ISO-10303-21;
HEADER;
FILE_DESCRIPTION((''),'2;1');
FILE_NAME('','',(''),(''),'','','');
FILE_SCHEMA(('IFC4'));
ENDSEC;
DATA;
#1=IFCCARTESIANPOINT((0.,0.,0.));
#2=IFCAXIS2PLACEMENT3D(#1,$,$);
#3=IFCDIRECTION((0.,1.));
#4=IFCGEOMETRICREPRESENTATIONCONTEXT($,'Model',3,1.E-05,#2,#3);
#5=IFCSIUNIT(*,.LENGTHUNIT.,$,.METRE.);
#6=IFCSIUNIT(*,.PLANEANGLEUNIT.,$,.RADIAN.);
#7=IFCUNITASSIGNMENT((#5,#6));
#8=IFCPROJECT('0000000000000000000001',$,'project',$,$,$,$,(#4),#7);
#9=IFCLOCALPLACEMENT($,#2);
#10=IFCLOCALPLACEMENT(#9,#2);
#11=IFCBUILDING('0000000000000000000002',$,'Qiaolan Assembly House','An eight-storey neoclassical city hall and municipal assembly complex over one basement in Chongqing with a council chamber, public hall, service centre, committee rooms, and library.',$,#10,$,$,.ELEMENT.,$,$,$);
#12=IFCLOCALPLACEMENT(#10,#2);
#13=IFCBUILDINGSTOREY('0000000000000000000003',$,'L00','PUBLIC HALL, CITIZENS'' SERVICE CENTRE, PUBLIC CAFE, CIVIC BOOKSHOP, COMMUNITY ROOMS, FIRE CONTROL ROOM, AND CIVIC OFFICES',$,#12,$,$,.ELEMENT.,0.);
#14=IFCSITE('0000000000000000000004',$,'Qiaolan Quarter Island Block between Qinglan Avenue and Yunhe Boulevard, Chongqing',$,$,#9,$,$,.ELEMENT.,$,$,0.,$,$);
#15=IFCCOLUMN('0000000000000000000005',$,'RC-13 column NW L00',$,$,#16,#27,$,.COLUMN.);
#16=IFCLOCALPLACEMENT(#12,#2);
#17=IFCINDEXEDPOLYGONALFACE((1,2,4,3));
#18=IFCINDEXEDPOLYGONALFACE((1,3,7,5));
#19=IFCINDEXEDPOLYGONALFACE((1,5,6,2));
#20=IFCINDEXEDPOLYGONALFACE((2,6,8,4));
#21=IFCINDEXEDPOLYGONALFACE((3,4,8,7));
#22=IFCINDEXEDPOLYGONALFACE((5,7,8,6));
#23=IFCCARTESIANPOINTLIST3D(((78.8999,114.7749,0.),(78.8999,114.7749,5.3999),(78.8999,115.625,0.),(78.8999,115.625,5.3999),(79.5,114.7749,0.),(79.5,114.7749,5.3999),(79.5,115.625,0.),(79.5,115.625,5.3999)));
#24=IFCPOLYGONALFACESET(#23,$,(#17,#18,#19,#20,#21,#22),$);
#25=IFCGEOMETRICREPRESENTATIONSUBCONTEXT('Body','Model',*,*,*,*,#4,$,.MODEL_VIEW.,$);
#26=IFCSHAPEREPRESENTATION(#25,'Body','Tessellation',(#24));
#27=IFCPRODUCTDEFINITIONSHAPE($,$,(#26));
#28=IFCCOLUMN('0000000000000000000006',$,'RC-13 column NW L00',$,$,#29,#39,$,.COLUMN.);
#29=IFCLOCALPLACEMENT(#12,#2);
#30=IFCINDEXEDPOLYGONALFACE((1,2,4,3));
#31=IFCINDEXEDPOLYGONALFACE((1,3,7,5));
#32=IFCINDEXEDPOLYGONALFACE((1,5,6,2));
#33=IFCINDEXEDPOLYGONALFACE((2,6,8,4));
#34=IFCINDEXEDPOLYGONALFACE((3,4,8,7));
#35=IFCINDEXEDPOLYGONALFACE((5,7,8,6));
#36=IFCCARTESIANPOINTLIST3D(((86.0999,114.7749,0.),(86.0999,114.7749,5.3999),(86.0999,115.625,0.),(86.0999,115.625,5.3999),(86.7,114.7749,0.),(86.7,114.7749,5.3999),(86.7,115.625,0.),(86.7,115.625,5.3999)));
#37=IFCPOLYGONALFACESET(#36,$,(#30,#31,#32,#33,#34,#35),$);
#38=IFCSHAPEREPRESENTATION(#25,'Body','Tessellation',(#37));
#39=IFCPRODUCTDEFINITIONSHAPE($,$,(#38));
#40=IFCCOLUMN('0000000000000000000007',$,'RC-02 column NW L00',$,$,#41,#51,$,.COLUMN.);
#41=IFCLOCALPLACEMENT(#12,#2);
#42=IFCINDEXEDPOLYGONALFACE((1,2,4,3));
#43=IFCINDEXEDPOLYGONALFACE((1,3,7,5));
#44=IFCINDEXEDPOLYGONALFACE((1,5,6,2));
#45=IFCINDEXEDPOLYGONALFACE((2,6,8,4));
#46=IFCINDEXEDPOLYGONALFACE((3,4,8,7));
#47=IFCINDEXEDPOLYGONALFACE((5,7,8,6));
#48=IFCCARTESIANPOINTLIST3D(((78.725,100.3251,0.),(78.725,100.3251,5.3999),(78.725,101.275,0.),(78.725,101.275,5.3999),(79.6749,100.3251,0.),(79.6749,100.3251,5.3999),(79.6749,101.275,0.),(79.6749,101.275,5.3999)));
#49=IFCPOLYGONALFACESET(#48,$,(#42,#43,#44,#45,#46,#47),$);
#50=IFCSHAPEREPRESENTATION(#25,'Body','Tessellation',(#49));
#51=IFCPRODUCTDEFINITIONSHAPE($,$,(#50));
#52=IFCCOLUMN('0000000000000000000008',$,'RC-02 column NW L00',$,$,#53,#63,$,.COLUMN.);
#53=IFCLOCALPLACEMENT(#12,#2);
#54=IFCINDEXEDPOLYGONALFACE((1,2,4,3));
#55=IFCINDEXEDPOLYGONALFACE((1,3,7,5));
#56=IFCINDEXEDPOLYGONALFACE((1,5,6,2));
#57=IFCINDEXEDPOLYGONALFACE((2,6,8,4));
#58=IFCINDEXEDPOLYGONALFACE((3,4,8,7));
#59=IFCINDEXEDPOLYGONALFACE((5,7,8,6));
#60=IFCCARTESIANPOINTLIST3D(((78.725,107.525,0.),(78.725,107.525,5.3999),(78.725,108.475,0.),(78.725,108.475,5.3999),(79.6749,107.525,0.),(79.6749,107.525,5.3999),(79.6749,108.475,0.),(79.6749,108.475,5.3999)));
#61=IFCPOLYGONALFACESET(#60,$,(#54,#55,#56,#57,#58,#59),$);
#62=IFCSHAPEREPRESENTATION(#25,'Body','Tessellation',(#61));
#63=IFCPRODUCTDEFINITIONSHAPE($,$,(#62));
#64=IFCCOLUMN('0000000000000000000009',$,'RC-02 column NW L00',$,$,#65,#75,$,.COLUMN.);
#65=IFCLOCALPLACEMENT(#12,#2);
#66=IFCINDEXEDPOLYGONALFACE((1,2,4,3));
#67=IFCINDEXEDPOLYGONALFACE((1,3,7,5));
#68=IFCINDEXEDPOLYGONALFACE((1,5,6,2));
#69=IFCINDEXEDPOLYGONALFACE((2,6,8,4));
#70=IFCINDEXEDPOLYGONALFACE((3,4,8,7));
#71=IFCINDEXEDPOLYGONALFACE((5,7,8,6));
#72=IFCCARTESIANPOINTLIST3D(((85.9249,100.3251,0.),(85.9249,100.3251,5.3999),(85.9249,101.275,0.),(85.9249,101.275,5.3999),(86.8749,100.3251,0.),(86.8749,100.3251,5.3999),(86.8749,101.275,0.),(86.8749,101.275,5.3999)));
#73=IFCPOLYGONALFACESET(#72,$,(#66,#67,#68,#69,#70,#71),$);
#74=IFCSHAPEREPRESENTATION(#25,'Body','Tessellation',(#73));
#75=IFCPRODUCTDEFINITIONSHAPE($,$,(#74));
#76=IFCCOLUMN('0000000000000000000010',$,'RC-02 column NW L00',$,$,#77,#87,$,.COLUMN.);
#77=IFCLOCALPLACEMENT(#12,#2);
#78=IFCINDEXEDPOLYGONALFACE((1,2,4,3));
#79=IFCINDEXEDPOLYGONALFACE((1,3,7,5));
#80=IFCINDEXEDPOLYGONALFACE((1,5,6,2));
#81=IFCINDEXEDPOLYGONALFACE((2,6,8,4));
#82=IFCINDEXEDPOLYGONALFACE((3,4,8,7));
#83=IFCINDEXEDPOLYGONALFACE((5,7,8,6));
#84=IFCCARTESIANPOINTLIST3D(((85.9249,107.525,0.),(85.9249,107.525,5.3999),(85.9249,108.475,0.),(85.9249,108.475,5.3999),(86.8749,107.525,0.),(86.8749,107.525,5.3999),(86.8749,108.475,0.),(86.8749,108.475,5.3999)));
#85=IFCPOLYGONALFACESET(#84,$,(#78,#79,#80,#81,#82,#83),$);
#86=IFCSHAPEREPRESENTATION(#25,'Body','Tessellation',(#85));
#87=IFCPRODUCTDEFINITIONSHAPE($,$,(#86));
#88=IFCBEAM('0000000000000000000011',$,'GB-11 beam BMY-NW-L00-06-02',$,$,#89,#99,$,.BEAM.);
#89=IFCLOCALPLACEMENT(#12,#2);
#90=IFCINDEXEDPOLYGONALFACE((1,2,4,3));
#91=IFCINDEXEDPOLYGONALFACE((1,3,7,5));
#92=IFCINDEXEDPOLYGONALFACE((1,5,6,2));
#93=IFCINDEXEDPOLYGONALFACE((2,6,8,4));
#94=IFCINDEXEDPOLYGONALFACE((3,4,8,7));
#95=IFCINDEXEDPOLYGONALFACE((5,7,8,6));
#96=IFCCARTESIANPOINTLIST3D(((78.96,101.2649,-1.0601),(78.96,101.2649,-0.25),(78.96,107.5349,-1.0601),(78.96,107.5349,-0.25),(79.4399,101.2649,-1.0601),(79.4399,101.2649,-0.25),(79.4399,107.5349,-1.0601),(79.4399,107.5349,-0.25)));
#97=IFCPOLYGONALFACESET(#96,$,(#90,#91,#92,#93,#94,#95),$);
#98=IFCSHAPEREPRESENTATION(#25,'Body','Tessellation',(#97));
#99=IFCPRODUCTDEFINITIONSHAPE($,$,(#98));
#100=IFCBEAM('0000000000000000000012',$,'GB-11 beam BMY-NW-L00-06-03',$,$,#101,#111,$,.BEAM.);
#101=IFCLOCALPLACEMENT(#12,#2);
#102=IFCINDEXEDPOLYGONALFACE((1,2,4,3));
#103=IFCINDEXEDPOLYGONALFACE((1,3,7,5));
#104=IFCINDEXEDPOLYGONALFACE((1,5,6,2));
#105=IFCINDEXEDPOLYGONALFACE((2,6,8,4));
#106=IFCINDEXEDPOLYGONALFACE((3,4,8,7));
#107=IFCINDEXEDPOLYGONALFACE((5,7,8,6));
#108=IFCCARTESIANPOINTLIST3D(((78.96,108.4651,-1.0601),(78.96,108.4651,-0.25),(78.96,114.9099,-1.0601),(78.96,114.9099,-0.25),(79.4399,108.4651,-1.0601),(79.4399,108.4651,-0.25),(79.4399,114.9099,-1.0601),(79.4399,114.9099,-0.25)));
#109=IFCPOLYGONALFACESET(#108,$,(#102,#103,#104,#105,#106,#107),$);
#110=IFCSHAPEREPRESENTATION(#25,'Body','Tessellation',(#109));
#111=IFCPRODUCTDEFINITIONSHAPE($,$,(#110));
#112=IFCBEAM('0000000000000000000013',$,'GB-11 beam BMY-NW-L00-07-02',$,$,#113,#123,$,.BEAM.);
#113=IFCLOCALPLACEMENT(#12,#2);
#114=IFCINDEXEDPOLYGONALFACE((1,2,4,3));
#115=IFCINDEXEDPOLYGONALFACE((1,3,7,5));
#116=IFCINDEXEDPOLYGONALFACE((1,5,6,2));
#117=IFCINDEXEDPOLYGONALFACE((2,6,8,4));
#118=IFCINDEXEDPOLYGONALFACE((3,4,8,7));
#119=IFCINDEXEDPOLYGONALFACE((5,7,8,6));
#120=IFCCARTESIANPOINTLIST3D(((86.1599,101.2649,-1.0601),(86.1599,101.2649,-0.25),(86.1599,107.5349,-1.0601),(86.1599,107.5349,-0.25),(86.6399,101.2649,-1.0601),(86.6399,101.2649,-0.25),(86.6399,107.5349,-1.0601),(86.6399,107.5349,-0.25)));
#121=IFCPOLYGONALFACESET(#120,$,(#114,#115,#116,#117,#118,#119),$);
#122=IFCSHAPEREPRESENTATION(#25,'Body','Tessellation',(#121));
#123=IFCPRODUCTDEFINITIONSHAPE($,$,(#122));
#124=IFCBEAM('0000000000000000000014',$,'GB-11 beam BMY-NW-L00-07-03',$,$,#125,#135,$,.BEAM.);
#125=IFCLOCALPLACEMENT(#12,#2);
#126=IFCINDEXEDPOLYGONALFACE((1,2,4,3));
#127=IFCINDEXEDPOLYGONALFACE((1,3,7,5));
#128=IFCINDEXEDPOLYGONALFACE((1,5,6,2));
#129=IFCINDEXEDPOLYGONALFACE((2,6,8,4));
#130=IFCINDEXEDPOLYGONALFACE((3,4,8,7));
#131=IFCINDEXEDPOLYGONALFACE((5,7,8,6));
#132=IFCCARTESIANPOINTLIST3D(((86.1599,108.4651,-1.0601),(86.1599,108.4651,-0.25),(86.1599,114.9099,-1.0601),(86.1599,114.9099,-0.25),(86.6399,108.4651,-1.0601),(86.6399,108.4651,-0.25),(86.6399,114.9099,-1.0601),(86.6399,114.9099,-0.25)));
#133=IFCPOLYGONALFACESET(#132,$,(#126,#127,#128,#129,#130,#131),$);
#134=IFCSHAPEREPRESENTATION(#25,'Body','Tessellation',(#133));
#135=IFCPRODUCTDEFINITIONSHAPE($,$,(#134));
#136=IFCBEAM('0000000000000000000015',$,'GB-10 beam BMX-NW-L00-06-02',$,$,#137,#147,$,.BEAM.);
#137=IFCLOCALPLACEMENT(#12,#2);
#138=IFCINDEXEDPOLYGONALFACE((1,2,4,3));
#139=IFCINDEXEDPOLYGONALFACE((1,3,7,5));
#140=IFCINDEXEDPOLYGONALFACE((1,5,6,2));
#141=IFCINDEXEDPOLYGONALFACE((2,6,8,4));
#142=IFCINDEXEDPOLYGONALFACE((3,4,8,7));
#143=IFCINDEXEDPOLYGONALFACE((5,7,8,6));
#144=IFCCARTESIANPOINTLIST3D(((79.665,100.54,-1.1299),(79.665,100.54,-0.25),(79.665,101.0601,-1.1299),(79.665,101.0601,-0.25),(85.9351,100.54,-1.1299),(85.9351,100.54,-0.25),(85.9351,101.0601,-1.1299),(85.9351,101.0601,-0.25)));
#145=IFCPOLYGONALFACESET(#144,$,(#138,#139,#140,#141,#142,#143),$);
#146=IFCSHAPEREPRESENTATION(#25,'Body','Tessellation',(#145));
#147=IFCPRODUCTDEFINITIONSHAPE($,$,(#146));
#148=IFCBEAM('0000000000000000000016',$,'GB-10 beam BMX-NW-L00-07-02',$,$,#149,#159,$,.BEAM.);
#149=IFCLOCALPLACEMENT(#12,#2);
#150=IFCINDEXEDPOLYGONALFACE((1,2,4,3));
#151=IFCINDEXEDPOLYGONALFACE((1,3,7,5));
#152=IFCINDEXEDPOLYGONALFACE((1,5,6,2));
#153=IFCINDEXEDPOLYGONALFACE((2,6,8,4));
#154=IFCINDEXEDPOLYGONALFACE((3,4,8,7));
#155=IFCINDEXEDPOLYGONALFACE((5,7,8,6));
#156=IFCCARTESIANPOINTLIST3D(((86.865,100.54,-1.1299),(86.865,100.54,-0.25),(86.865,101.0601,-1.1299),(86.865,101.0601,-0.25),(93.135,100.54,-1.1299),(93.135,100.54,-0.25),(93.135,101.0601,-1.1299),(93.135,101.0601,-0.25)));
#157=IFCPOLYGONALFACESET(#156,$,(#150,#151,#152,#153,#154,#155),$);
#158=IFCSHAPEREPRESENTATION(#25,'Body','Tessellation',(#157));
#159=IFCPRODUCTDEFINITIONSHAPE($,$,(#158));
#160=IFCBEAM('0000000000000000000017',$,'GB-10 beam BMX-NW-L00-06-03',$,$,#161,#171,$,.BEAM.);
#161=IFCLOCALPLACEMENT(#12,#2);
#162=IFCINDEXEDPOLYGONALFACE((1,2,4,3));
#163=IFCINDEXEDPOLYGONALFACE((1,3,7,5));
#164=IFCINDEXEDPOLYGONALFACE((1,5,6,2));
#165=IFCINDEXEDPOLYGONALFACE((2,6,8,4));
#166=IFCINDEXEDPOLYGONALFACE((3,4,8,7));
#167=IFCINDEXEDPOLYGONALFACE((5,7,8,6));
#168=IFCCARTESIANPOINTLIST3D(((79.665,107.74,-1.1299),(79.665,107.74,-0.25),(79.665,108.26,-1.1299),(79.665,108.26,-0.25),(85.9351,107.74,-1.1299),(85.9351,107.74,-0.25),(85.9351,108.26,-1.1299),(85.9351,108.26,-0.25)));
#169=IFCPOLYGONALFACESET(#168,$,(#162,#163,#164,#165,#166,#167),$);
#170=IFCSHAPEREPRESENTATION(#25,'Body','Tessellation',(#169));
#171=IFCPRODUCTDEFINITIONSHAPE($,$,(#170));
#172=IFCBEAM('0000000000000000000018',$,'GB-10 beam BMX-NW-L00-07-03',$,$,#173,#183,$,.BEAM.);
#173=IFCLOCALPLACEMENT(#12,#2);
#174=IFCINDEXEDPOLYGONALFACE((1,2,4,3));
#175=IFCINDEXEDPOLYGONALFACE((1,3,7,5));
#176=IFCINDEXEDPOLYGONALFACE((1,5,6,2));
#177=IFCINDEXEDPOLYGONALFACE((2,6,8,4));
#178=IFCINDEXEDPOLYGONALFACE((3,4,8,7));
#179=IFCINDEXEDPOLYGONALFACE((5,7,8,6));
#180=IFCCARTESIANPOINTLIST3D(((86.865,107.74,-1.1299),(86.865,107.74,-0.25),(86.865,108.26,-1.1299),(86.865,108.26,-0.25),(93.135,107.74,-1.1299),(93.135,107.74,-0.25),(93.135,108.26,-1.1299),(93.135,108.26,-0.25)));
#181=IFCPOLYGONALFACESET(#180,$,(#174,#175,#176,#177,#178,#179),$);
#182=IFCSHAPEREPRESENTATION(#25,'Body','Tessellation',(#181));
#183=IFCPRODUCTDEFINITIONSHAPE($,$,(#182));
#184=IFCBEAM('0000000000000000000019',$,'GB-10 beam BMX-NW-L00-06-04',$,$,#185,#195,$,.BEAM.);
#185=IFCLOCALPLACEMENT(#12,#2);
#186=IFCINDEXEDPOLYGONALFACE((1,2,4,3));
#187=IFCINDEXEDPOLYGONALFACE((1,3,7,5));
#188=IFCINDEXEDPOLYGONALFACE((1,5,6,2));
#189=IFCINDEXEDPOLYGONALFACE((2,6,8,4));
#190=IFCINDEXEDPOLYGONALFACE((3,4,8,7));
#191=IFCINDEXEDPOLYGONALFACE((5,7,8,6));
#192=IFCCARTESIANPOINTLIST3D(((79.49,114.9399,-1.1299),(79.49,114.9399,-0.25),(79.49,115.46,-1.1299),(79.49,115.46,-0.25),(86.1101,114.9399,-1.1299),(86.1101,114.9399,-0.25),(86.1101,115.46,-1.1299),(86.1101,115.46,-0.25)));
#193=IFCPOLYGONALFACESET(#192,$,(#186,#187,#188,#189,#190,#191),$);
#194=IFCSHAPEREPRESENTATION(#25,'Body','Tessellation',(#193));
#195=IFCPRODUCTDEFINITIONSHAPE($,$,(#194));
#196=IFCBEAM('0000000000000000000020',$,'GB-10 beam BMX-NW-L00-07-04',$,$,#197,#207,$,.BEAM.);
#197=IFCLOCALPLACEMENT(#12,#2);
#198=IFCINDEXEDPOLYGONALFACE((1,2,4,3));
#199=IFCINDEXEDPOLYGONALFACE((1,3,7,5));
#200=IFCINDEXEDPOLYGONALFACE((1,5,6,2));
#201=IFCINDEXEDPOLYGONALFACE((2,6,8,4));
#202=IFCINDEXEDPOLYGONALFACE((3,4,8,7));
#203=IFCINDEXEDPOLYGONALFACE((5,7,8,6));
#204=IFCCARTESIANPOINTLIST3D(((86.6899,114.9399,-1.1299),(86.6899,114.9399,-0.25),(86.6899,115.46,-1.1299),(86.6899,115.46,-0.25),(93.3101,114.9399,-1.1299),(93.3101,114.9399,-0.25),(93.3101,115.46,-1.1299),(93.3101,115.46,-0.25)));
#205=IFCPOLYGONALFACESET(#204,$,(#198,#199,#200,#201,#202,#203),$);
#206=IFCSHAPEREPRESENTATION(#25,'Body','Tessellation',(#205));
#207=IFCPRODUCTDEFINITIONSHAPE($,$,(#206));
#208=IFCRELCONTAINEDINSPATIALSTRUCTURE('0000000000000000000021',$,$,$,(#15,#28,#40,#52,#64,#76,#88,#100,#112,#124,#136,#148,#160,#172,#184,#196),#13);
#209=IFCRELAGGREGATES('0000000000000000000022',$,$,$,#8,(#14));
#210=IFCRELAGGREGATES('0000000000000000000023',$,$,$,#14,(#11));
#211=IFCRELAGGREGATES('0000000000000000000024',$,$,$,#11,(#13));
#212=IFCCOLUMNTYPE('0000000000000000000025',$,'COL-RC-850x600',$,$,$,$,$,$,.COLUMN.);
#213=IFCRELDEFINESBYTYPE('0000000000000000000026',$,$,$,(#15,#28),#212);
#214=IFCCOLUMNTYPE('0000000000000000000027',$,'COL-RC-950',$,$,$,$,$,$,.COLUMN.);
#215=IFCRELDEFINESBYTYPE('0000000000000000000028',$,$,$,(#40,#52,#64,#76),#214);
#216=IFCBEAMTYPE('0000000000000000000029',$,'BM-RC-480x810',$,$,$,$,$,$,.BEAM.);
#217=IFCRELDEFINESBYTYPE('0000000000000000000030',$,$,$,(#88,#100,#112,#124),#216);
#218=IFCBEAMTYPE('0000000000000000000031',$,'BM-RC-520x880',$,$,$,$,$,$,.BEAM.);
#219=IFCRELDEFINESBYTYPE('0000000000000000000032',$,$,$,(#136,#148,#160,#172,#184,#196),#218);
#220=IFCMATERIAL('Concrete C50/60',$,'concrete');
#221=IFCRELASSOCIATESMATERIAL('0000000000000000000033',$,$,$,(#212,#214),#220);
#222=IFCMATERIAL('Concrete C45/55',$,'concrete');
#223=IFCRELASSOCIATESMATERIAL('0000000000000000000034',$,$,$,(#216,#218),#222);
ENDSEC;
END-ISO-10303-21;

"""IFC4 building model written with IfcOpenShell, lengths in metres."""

from ifc_helpers import new_model, si_unit, direction, frame, origin, origin_2d, place, context, subcontext, project, spatial, rectangle, extrude, material, material_profile, profile_set, type_object, element, save


model = new_model("IFC4")

# Units and contexts
model_context = context("Model", 3, precision=1e-05, world=origin(), true_north=direction((0.0, 1.0)))
body_context = subcontext(model_context, "Body", "Model", "MODEL_VIEW")
ifc_project = project(units=[si_unit("LENGTHUNIT", "METRE"), si_unit("PLANEANGLEUNIT", "RADIAN")], contexts=[model_context])

# Site, building, storey
site_placement = place(None, origin())
site = spatial("IfcSite", under=ifc_project, at=site_placement, Name="Qiaolan Quarter Island Block between Qinglan Avenue and Yunhe Boulevard, Chongqing", CompositionType="ELEMENT", RefElevation=0.0)
building_placement = place(site_placement, origin())
building = spatial("IfcBuilding", under=site, at=building_placement, Name="Qiaolan Assembly House", Description="An eight-storey neoclassical city hall and municipal assembly complex over one basement in Chongqing with a council chamber, public hall, service centre, committee rooms, and library.", CompositionType="ELEMENT")
storey_placement = place(building_placement, origin())
storey = spatial("IfcBuildingStorey", under=building, at=storey_placement, Name="L00", Description="PUBLIC HALL, CITIZENS' SERVICE CENTRE, PUBLIC CAFE, CIVIC BOOKSHOP, COMMUNITY ROOMS, FIRE CONTROL ROOM, AND CIVIC OFFICES", CompositionType="ELEMENT", Elevation=0.0)

# Columns
ifc_material_1 = material(Name="Concrete C50/60", Category="concrete")
ifc_material_profile_1 = material_profile(ifc_material_1, rectangle(XDim=0.6001, YDim=0.8501, at=origin_2d()), Name="RC 850x600")
ifc_profile_set_1 = profile_set([ifc_material_profile_1], Name="Concrete C50/60")
column_type_1 = type_object("IfcColumnType", Name="COL-RC-850x600", PredefinedType="COLUMN", material=ifc_profile_set_1)
for number, where, z_axis, x_axis, name in (
    (1, (79.2, 115.2, 0.0), (0.0, 0.0, 1.0), (1.0, 0.0, 0.0), "RC-13 column NW L00"),
    (2, (86.3999, 115.2, 0.0), (0.0, 0.0, 1.0), (1.0, 0.0, 0.0), "RC-13 column NW L00"),
):
    element("IfcColumn", number, at=place(storey_placement, frame(where, z_axis=z_axis, x_axis=x_axis)), inside=storey, type_object=column_type_1, Name=name, PredefinedType="COLUMN", context=body_context, shape_type="SweptSolid", body=[
        extrude(rectangle(XDim=0.6001, YDim=0.8501, at=origin_2d()), origin(), (0.0, 0.0, 1.0), 5.3999),
    ])
ifc_material_profile_2 = material_profile(ifc_material_1, rectangle(XDim=0.95, YDim=0.95, at=origin_2d()), Name="RC 950x950")
ifc_profile_set_2 = profile_set([ifc_material_profile_2], Name="Concrete C50/60")
column_type_2 = type_object("IfcColumnType", Name="COL-RC-950", PredefinedType="COLUMN", material=ifc_profile_set_2)
for number, where, z_axis, x_axis, name in (
    (3, (79.2, 100.8, 0.0), (0.0, 0.0, 1.0), (1.0, 0.0, 0.0), "RC-02 column NW L00"),
    (4, (79.2, 108.0, 0.0), (0.0, 0.0, 1.0), (1.0, 0.0, 0.0), "RC-02 column NW L00"),
    (5, (86.3999, 100.8, 0.0), (0.0, 0.0, 1.0), (1.0, 0.0, 0.0), "RC-02 column NW L00"),
    (6, (86.3999, 108.0, 0.0), (0.0, 0.0, 1.0), (1.0, 0.0, 0.0), "RC-02 column NW L00"),
):
    element("IfcColumn", number, at=place(storey_placement, frame(where, z_axis=z_axis, x_axis=x_axis)), inside=storey, type_object=column_type_2, Name=name, PredefinedType="COLUMN", context=body_context, shape_type="SweptSolid", body=[
        extrude(rectangle(XDim=0.95, YDim=0.95, at=origin_2d()), origin(), (0.0, 0.0, 1.0), 5.3999),
    ])

# Beams
ifc_material_2 = material(Name="Concrete C45/55", Category="concrete")
ifc_material_profile_3 = material_profile(ifc_material_2, rectangle(XDim=0.48, YDim=0.8101, at=origin_2d()), Name="RCB 480x810")
ifc_profile_set_3 = profile_set([ifc_material_profile_3], Name="Concrete C45/55")
beam_type_1 = type_object("IfcBeamType", Name="BM-RC-480x810", PredefinedType="BEAM", material=ifc_profile_set_3)
beam_1_placement = place(storey_placement, frame((79.2, 101.2649, -0.655), z_axis=(0.0, 1.0, 0.0), x_axis=(-1.0, 0.0, 0.0)))
element("IfcBeam", 7, at=beam_1_placement, inside=storey, type_object=beam_type_1, Name="GB-11 beam BMY-NW-L00-06-02", PredefinedType="BEAM", context=body_context, shape_type="SweptSolid", body=[
    extrude(rectangle(XDim=0.48, YDim=0.8101, at=origin_2d()), origin(), (0.0, 0.0, 1.0), 6.27),
])
beam_2_placement = place(storey_placement, frame((79.2, 108.4651, -0.655), z_axis=(0.0, 1.0, 0.0), x_axis=(-1.0, 0.0, 0.0)))
element("IfcBeam", 8, at=beam_2_placement, inside=storey, type_object=beam_type_1, Name="GB-11 beam BMY-NW-L00-06-03", PredefinedType="BEAM", context=body_context, shape_type="SweptSolid", body=[
    extrude(rectangle(XDim=0.48, YDim=0.8101, at=origin_2d()), origin(), (0.0, 0.0, 1.0), 6.4448),
])
beam_3_placement = place(storey_placement, frame((86.3999, 101.2649, -0.655), z_axis=(0.0, 1.0, 0.0), x_axis=(-1.0, 0.0, 0.0)))
element("IfcBeam", 9, at=beam_3_placement, inside=storey, type_object=beam_type_1, Name="GB-11 beam BMY-NW-L00-07-02", PredefinedType="BEAM", context=body_context, shape_type="SweptSolid", body=[
    extrude(rectangle(XDim=0.48, YDim=0.8101, at=origin_2d()), origin(), (0.0, 0.0, 1.0), 6.27),
])
beam_4_placement = place(storey_placement, frame((86.3999, 108.4651, -0.655), z_axis=(0.0, 1.0, 0.0), x_axis=(-1.0, 0.0, 0.0)))
element("IfcBeam", 10, at=beam_4_placement, inside=storey, type_object=beam_type_1, Name="GB-11 beam BMY-NW-L00-07-03", PredefinedType="BEAM", context=body_context, shape_type="SweptSolid", body=[
    extrude(rectangle(XDim=0.48, YDim=0.8101, at=origin_2d()), origin(), (0.0, 0.0, 1.0), 6.4448),
])
ifc_material_profile_4 = material_profile(ifc_material_2, rectangle(XDim=0.52, YDim=0.8799, at=origin_2d()), Name="RCB 520x880")
ifc_profile_set_4 = profile_set([ifc_material_profile_4], Name="Concrete C45/55")
beam_type_2 = type_object("IfcBeamType", Name="BM-RC-520x880", PredefinedType="BEAM", material=ifc_profile_set_4)
for number, where, z_axis, x_axis, name in (
    (11, (79.665, 100.8, -0.6899), (1.0, 0.0, 0.0), (0.0, 1.0, 0.0), "GB-10 beam BMX-NW-L00-06-02"),
    (12, (86.865, 100.8, -0.6899), (1.0, 0.0, 0.0), (0.0, 1.0, 0.0), "GB-10 beam BMX-NW-L00-07-02"),
    (13, (79.665, 108.0, -0.6899), (1.0, 0.0, 0.0), (0.0, 1.0, 0.0), "GB-10 beam BMX-NW-L00-06-03"),
    (14, (86.865, 108.0, -0.6899), (1.0, 0.0, 0.0), (0.0, 1.0, 0.0), "GB-10 beam BMX-NW-L00-07-03"),
):
    element("IfcBeam", number, at=place(storey_placement, frame(where, z_axis=z_axis, x_axis=x_axis)), inside=storey, type_object=beam_type_2, Name=name, PredefinedType="BEAM", context=body_context, shape_type="SweptSolid", body=[
        extrude(rectangle(XDim=0.52, YDim=0.8799, at=origin_2d()), origin(), (0.0, 0.0, 1.0), 6.27),
    ])
for number, where, z_axis, x_axis, name in (
    (15, (79.49, 115.2, -0.6899), (1.0, 0.0, 0.0), (0.0, 1.0, 0.0), "GB-10 beam BMX-NW-L00-06-04"),
    (16, (86.6899, 115.2, -0.6899), (1.0, 0.0, 0.0), (0.0, 1.0, 0.0), "GB-10 beam BMX-NW-L00-07-04"),
):
    element("IfcBeam", number, at=place(storey_placement, frame(where, z_axis=z_axis, x_axis=x_axis)), inside=storey, type_object=beam_type_2, Name=name, PredefinedType="BEAM", context=body_context, shape_type="SweptSolid", body=[
        extrude(rectangle(XDim=0.52, YDim=0.8799, at=origin_2d()), origin(), (0.0, 0.0, 1.0), 6.6201),
    ])

save(model, "model.ifc")
